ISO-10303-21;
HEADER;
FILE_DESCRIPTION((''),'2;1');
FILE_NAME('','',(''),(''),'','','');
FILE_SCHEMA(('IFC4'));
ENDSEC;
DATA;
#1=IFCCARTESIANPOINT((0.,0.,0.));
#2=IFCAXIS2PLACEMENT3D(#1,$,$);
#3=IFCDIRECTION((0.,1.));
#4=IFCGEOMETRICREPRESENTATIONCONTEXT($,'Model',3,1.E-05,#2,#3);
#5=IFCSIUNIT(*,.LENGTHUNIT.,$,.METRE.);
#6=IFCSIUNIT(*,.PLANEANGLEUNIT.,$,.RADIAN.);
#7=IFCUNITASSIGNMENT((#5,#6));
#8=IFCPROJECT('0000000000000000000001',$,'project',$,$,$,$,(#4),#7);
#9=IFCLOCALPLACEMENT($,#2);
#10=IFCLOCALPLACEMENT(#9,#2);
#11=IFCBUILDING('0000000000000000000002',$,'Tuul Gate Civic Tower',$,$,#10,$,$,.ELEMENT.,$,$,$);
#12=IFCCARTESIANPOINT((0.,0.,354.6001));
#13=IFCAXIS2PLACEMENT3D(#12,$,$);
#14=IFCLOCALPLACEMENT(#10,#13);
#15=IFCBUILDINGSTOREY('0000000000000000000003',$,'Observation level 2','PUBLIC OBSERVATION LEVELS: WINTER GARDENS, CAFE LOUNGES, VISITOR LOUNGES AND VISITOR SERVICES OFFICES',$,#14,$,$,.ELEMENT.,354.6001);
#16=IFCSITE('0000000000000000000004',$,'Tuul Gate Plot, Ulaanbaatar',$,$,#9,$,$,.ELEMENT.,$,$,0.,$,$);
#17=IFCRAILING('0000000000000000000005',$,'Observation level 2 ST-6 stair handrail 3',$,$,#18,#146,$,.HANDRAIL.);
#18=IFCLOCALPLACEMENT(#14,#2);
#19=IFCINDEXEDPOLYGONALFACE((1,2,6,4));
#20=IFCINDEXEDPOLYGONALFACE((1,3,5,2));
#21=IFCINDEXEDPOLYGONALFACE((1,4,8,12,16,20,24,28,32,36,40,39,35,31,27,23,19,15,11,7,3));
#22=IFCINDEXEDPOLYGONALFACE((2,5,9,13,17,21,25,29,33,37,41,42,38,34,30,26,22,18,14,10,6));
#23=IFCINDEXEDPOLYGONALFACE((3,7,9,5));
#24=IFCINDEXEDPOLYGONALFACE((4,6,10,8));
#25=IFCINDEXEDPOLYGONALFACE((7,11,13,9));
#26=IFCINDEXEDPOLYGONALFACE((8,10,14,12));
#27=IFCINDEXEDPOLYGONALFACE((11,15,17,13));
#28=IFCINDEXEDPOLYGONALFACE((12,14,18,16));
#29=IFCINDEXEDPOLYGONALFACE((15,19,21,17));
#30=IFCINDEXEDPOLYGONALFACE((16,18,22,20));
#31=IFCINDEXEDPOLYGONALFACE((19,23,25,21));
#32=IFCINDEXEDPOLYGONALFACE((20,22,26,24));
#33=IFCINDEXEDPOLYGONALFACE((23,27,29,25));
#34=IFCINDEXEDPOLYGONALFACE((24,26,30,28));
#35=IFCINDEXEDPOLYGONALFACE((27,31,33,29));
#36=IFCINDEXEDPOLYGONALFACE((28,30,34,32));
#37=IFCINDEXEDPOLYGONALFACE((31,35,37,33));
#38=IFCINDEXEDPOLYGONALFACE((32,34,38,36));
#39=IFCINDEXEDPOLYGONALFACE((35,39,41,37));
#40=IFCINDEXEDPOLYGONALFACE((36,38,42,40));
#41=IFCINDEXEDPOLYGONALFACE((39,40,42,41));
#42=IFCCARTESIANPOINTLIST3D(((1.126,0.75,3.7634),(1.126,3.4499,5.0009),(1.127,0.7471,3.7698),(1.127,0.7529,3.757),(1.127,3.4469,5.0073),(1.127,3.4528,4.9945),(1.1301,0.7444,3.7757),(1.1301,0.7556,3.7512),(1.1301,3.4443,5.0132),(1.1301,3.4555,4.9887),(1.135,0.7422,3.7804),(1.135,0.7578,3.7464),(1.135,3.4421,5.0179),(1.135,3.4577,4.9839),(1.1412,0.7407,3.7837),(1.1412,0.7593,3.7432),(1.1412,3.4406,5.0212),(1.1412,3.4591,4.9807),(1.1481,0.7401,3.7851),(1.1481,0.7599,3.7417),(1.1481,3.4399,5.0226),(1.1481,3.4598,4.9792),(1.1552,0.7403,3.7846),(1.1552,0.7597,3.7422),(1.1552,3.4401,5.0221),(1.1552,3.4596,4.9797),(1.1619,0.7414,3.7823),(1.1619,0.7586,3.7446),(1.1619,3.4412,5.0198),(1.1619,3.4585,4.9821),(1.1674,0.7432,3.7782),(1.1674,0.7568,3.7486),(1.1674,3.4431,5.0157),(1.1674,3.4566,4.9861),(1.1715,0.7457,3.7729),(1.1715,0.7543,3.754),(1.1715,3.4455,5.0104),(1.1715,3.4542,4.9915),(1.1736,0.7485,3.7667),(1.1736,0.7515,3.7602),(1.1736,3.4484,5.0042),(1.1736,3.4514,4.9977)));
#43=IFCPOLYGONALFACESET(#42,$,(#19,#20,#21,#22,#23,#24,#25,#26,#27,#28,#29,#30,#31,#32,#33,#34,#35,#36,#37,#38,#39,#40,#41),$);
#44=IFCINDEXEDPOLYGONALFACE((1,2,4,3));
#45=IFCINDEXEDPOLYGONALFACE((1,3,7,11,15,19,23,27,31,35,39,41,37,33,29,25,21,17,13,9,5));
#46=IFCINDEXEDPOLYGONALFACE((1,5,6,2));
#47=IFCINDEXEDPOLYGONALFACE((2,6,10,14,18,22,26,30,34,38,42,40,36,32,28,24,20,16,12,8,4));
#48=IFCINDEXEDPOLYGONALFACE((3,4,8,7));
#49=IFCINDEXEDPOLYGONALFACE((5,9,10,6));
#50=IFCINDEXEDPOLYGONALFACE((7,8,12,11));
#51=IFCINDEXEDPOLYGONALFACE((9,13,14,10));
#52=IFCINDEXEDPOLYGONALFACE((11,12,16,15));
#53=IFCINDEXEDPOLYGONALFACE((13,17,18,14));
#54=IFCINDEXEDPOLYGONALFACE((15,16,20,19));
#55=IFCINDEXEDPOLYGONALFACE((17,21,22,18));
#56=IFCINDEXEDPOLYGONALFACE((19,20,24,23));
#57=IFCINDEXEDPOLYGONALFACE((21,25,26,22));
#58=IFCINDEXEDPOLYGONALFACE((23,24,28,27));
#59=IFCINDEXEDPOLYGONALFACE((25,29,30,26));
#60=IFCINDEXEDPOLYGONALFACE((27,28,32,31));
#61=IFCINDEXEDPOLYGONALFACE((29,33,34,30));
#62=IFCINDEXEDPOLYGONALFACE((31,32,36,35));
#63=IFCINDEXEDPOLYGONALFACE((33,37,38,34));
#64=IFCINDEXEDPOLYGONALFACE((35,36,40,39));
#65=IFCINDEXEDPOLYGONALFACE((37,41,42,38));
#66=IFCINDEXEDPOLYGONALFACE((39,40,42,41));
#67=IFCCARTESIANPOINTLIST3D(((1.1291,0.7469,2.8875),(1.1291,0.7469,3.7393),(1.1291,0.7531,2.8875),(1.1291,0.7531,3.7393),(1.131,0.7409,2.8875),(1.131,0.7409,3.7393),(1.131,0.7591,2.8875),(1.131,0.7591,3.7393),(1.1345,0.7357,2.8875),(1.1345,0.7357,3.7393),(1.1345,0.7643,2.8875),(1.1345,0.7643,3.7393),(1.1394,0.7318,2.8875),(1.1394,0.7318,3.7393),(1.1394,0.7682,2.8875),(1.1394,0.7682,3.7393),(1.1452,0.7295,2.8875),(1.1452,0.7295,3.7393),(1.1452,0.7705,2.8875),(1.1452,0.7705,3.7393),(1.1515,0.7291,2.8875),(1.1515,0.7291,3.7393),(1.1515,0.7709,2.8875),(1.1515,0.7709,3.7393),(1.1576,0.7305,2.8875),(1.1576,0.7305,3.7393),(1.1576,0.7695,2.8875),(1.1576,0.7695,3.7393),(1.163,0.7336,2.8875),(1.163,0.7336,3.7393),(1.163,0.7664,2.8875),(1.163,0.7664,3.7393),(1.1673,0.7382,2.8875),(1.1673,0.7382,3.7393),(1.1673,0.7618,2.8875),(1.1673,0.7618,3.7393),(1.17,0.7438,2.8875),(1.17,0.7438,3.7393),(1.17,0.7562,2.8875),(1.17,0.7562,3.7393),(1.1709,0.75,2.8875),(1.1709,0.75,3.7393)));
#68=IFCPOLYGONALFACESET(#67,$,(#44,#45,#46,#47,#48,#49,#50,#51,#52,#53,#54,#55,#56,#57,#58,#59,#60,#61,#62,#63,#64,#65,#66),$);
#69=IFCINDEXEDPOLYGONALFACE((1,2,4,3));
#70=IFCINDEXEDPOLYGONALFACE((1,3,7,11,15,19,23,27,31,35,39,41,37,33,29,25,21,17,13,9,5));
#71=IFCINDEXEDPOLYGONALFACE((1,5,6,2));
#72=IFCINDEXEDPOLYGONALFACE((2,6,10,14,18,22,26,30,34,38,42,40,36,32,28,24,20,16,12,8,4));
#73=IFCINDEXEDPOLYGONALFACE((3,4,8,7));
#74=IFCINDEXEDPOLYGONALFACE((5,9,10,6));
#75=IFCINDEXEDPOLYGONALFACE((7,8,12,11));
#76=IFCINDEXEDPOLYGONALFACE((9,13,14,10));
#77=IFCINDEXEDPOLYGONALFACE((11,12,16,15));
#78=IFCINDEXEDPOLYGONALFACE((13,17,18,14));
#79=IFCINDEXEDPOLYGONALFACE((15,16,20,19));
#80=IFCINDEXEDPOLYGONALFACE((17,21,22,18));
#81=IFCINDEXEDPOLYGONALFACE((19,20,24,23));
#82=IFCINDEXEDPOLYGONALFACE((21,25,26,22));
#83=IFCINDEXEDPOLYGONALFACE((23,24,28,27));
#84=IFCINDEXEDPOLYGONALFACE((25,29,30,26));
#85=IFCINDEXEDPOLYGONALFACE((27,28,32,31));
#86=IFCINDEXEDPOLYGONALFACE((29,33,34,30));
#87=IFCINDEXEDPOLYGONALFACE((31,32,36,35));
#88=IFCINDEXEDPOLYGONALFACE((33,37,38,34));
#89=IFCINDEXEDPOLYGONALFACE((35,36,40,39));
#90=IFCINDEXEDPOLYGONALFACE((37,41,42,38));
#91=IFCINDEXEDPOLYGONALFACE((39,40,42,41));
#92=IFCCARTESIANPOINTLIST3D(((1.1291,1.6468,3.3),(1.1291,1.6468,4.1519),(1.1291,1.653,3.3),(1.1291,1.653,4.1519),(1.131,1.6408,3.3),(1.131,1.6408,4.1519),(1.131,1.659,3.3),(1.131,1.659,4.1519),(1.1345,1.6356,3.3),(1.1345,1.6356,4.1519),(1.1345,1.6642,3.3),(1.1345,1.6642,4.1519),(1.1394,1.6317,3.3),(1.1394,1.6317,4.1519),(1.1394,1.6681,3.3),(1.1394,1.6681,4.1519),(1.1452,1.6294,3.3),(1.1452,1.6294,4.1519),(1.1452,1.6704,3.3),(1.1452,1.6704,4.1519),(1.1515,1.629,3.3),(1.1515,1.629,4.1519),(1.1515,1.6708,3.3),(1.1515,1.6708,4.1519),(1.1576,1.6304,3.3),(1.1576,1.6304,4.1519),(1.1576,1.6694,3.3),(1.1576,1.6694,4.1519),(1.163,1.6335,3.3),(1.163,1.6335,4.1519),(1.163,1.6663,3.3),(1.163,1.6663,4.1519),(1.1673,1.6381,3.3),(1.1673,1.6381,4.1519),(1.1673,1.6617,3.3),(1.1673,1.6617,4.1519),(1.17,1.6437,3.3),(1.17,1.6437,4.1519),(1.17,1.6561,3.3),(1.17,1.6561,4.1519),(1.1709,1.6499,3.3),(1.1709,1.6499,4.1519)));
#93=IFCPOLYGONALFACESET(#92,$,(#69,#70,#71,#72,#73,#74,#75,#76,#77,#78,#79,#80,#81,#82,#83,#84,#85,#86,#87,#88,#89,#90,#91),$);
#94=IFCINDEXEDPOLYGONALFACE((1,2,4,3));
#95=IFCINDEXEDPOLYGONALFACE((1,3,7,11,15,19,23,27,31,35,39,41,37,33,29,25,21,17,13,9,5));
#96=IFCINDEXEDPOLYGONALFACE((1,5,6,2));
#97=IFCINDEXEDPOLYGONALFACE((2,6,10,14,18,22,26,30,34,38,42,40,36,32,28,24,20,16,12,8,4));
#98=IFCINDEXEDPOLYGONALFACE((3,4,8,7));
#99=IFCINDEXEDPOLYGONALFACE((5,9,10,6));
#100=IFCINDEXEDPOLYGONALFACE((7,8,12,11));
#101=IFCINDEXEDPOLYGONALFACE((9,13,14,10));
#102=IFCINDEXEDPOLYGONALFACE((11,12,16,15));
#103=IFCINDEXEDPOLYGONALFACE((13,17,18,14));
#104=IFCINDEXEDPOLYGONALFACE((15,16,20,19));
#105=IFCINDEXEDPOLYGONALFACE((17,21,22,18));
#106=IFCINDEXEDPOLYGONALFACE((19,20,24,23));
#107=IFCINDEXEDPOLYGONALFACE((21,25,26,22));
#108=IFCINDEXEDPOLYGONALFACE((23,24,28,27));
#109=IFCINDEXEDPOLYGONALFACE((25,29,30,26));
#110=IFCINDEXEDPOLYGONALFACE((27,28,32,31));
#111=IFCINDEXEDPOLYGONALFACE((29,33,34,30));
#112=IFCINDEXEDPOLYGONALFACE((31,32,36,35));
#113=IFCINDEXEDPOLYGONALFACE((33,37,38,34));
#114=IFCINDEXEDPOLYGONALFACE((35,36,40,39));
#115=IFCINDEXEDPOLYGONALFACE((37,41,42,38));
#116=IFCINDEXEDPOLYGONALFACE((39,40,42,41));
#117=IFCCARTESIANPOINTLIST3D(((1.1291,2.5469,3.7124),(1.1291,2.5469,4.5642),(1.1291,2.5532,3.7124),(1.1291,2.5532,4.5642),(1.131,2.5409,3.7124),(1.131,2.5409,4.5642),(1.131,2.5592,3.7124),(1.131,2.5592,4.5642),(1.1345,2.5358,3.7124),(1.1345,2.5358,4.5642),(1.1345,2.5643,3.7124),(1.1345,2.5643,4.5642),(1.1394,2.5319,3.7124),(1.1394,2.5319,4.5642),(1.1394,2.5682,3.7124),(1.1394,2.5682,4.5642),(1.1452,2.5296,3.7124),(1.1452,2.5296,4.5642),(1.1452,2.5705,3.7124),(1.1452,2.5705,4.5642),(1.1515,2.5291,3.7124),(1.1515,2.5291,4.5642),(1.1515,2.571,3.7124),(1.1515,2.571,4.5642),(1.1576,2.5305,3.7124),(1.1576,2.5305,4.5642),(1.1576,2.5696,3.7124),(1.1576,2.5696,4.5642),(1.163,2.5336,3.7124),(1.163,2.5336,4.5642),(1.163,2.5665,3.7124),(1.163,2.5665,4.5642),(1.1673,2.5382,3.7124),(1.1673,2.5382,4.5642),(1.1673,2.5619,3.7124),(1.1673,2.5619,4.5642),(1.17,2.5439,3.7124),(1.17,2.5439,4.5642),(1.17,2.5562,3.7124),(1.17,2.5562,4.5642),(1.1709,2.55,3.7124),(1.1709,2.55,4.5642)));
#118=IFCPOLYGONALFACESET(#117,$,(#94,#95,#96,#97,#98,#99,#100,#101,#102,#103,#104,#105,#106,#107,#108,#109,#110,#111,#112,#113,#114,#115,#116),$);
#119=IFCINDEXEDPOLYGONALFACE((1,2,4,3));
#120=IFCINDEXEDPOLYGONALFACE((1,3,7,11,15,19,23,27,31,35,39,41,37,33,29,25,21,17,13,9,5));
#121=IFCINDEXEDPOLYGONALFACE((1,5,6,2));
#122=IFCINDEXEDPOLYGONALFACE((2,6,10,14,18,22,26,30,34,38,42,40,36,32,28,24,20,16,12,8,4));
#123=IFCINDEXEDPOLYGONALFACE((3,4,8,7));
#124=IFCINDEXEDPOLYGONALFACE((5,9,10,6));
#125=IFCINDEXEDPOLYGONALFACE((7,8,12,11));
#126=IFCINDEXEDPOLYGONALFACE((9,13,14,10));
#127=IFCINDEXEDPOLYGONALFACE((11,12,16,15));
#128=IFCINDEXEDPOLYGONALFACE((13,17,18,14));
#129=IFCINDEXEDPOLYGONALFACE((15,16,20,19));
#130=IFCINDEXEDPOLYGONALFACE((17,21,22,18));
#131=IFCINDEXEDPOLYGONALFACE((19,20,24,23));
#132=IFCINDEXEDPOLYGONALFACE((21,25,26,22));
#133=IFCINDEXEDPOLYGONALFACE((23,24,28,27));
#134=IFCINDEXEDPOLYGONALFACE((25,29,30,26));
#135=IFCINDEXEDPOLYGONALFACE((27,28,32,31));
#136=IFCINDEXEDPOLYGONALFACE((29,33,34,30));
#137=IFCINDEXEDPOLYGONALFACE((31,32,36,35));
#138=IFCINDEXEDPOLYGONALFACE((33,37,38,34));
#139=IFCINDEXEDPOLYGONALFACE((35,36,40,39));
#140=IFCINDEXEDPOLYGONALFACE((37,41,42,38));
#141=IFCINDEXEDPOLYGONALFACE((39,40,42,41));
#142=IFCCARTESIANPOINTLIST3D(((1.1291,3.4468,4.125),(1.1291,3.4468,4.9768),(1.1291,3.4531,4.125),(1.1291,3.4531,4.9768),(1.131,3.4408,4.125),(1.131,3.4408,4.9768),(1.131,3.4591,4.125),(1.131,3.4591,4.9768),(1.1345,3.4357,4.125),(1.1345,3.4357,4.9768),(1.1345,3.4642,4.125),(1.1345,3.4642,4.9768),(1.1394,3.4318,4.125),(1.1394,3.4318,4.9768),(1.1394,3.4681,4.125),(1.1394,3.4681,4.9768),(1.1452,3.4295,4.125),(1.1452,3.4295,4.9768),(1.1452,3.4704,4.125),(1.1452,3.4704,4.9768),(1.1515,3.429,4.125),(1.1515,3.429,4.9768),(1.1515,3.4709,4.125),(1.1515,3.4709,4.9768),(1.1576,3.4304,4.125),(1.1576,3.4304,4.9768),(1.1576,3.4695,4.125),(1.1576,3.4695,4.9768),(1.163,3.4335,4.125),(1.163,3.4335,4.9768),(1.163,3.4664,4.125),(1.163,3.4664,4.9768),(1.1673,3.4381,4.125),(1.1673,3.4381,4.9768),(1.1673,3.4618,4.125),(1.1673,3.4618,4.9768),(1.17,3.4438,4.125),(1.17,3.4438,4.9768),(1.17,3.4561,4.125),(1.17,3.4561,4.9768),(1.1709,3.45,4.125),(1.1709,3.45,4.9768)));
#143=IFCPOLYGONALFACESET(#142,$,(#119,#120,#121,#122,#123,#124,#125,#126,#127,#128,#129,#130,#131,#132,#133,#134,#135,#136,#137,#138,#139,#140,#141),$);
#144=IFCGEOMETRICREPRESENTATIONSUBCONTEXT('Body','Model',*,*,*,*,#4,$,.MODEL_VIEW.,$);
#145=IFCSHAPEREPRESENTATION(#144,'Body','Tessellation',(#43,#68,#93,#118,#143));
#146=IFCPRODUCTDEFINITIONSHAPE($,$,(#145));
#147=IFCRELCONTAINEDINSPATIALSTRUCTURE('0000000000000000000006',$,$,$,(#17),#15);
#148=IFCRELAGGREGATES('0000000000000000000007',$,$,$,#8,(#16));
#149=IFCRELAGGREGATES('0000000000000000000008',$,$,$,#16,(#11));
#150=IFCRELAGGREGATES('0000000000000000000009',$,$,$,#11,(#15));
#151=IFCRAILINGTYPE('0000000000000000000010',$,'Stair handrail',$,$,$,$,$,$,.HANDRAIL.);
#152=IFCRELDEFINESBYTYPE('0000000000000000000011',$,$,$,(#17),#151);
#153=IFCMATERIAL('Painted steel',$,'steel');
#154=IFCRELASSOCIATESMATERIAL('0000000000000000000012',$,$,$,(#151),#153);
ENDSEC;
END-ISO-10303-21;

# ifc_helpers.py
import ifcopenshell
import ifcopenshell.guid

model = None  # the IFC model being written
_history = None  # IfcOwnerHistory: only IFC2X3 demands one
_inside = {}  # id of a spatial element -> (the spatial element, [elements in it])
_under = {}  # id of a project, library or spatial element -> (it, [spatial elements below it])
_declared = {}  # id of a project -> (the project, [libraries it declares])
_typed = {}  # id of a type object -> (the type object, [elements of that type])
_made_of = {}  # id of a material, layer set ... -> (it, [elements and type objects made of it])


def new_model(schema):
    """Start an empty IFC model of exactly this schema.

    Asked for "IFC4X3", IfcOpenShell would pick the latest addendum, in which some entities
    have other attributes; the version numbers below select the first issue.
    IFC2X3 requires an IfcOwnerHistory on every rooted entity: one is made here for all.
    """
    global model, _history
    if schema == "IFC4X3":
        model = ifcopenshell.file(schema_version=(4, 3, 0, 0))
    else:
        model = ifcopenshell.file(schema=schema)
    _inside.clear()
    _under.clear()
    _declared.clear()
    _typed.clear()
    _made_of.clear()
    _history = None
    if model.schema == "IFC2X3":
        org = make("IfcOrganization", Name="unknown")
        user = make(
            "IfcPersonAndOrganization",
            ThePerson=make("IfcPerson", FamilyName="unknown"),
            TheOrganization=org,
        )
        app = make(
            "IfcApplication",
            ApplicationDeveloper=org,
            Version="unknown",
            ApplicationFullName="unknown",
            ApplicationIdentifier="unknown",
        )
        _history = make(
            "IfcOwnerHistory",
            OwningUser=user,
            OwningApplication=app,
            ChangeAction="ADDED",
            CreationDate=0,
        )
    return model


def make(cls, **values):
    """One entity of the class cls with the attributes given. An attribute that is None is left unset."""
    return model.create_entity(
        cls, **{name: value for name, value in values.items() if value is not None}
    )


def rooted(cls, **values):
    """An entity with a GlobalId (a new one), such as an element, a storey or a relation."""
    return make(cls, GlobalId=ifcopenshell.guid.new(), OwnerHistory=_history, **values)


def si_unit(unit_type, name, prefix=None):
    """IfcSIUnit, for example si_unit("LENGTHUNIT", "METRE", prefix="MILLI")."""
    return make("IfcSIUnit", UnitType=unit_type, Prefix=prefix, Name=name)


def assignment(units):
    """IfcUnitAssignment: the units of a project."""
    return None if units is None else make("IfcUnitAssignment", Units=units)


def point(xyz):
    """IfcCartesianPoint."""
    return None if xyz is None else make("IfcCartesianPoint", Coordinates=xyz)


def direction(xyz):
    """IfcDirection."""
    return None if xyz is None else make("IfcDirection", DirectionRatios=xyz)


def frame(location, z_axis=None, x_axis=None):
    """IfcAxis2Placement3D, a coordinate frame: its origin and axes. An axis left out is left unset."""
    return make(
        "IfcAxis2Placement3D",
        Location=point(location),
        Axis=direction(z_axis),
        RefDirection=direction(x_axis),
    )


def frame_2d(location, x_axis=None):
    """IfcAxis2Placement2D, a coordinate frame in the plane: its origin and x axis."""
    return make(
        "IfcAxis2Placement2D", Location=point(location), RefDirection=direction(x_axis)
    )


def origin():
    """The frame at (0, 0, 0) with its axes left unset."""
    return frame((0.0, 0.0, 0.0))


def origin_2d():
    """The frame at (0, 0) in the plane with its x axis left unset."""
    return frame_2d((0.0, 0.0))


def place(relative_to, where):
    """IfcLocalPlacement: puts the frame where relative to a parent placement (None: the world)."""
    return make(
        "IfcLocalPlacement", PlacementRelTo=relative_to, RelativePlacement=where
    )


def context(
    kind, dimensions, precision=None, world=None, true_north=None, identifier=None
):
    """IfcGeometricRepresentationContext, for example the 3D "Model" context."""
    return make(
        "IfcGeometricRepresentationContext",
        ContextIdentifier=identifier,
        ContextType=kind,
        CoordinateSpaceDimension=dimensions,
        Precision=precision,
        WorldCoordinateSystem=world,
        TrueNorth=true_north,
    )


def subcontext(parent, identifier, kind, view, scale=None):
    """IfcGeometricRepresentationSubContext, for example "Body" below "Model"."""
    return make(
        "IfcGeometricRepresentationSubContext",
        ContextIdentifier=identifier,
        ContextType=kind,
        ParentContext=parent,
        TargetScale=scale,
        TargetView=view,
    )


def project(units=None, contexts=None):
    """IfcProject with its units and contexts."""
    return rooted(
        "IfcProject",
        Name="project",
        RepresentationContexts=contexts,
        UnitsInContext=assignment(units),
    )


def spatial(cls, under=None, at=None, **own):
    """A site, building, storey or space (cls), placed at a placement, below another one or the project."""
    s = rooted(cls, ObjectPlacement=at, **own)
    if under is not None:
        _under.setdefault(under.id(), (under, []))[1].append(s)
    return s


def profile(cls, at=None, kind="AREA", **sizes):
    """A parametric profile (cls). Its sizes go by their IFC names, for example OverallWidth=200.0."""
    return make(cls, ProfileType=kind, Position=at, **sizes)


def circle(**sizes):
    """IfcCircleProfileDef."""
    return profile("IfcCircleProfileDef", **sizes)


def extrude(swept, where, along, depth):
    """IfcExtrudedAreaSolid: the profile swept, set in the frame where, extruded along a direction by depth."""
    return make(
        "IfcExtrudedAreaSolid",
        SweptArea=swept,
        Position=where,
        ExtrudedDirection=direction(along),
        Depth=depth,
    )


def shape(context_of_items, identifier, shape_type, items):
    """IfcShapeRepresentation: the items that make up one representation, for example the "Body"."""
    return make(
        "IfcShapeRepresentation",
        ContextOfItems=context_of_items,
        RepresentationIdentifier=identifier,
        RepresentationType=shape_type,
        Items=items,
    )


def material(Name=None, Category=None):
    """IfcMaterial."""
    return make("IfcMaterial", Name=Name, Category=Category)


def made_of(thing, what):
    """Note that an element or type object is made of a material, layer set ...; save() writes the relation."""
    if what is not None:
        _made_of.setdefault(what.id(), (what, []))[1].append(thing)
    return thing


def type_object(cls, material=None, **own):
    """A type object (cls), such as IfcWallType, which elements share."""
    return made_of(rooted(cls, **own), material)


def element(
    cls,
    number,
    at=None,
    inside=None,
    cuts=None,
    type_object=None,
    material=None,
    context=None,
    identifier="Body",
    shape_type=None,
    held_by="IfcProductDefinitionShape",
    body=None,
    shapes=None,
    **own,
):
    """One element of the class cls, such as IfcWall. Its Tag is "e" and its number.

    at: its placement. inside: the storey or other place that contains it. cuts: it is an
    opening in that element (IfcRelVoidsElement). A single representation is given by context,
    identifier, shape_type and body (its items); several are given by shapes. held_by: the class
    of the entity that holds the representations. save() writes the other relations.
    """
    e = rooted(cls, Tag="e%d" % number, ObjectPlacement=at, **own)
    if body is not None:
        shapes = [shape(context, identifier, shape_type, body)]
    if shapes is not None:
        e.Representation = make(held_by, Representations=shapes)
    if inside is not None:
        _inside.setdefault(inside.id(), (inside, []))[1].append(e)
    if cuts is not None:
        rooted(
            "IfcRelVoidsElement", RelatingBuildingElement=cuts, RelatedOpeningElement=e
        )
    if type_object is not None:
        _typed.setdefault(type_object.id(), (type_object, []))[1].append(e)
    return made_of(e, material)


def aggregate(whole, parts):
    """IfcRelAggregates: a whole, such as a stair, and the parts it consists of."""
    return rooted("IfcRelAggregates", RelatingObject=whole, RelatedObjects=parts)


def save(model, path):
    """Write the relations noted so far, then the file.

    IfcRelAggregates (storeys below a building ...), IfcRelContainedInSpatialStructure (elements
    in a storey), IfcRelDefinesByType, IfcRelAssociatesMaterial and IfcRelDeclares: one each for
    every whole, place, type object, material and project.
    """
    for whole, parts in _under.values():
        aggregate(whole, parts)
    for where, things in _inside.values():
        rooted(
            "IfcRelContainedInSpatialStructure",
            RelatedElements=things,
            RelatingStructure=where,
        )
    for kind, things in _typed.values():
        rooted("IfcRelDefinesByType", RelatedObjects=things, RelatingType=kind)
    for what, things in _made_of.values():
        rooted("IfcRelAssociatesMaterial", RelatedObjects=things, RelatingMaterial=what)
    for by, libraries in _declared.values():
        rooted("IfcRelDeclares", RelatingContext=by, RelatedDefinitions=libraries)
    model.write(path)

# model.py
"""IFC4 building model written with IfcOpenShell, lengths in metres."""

from ifc_helpers import new_model, si_unit, direction, frame, origin, origin_2d, place, context, subcontext, project, spatial, circle, extrude, material, type_object, element, save


model = new_model("IFC4")

# Units and contexts
model_context = context("Model", 3, precision=1e-05, world=origin(), true_north=direction((0.0, 1.0)))
body_context = subcontext(model_context, "Body", "Model", "MODEL_VIEW")
ifc_project = project(units=[si_unit("LENGTHUNIT", "METRE"), si_unit("PLANEANGLEUNIT", "RADIAN")], contexts=[model_context])

# Site, building, storey
site_placement = place(None, origin())
site = spatial("IfcSite", under=ifc_project, at=site_placement, Name="Tuul Gate Plot, Ulaanbaatar", CompositionType="ELEMENT", RefElevation=0.0)
building_placement = place(site_placement, origin())
building = spatial("IfcBuilding", under=site, at=building_placement, Name="Tuul Gate Civic Tower", CompositionType="ELEMENT")
storey_placement = place(building_placement, frame((0.0, 0.0, 354.6001)))
storey = spatial("IfcBuildingStorey", under=building, at=storey_placement, Name="Observation level 2", Description="PUBLIC OBSERVATION LEVELS: WINTER GARDENS, CAFE LOUNGES, VISITOR LOUNGES AND VISITOR SERVICES OFFICES", CompositionType="ELEMENT", Elevation=354.6001)

# Railing
ifc_material_1 = material(Name="Painted steel", Category="steel")
railing_type_1 = type_object("IfcRailingType", Name="Stair handrail", PredefinedType="HANDRAIL", material=ifc_material_1)
for number, where, name in (
    (1, (1.1499, 0.75, 2.8875), "Observation level 2 ST-6 stair handrail 3"),
):
    element("IfcRailing", number, at=place(storey_placement, frame(where)), inside=storey, type_object=railing_type_1, Name=name, PredefinedType="HANDRAIL", context=body_context, shape_type="SweptSolid", body=[
        extrude(circle(Radius=0.0239, at=origin_2d()), frame((0.0, 0.0, 0.876), z_axis=(0.0, 0.909056, 0.416675), x_axis=(-1.0, 0.0, 0.0)), (0.0, 0.0, 1.0), 2.97),
        extrude(circle(Radius=0.021, at=origin_2d()), origin(), (0.0, 0.0, 1.0), 0.8518),
        extrude(circle(Radius=0.021, at=origin_2d()), frame((0.0, 0.8999, 0.4126)), (0.0, 0.0, 1.0), 0.8518),
        extrude(circle(Radius=0.021, at=origin_2d()), frame((0.0, 1.8, 0.825)), (0.0, 0.0, 1.0), 0.8518),
        extrude(circle(Radius=0.021, at=origin_2d()), frame((0.0, 2.7, 1.2375)), (0.0, 0.0, 1.0), 0.8518),
    ])

save(model, "model.ifc")
